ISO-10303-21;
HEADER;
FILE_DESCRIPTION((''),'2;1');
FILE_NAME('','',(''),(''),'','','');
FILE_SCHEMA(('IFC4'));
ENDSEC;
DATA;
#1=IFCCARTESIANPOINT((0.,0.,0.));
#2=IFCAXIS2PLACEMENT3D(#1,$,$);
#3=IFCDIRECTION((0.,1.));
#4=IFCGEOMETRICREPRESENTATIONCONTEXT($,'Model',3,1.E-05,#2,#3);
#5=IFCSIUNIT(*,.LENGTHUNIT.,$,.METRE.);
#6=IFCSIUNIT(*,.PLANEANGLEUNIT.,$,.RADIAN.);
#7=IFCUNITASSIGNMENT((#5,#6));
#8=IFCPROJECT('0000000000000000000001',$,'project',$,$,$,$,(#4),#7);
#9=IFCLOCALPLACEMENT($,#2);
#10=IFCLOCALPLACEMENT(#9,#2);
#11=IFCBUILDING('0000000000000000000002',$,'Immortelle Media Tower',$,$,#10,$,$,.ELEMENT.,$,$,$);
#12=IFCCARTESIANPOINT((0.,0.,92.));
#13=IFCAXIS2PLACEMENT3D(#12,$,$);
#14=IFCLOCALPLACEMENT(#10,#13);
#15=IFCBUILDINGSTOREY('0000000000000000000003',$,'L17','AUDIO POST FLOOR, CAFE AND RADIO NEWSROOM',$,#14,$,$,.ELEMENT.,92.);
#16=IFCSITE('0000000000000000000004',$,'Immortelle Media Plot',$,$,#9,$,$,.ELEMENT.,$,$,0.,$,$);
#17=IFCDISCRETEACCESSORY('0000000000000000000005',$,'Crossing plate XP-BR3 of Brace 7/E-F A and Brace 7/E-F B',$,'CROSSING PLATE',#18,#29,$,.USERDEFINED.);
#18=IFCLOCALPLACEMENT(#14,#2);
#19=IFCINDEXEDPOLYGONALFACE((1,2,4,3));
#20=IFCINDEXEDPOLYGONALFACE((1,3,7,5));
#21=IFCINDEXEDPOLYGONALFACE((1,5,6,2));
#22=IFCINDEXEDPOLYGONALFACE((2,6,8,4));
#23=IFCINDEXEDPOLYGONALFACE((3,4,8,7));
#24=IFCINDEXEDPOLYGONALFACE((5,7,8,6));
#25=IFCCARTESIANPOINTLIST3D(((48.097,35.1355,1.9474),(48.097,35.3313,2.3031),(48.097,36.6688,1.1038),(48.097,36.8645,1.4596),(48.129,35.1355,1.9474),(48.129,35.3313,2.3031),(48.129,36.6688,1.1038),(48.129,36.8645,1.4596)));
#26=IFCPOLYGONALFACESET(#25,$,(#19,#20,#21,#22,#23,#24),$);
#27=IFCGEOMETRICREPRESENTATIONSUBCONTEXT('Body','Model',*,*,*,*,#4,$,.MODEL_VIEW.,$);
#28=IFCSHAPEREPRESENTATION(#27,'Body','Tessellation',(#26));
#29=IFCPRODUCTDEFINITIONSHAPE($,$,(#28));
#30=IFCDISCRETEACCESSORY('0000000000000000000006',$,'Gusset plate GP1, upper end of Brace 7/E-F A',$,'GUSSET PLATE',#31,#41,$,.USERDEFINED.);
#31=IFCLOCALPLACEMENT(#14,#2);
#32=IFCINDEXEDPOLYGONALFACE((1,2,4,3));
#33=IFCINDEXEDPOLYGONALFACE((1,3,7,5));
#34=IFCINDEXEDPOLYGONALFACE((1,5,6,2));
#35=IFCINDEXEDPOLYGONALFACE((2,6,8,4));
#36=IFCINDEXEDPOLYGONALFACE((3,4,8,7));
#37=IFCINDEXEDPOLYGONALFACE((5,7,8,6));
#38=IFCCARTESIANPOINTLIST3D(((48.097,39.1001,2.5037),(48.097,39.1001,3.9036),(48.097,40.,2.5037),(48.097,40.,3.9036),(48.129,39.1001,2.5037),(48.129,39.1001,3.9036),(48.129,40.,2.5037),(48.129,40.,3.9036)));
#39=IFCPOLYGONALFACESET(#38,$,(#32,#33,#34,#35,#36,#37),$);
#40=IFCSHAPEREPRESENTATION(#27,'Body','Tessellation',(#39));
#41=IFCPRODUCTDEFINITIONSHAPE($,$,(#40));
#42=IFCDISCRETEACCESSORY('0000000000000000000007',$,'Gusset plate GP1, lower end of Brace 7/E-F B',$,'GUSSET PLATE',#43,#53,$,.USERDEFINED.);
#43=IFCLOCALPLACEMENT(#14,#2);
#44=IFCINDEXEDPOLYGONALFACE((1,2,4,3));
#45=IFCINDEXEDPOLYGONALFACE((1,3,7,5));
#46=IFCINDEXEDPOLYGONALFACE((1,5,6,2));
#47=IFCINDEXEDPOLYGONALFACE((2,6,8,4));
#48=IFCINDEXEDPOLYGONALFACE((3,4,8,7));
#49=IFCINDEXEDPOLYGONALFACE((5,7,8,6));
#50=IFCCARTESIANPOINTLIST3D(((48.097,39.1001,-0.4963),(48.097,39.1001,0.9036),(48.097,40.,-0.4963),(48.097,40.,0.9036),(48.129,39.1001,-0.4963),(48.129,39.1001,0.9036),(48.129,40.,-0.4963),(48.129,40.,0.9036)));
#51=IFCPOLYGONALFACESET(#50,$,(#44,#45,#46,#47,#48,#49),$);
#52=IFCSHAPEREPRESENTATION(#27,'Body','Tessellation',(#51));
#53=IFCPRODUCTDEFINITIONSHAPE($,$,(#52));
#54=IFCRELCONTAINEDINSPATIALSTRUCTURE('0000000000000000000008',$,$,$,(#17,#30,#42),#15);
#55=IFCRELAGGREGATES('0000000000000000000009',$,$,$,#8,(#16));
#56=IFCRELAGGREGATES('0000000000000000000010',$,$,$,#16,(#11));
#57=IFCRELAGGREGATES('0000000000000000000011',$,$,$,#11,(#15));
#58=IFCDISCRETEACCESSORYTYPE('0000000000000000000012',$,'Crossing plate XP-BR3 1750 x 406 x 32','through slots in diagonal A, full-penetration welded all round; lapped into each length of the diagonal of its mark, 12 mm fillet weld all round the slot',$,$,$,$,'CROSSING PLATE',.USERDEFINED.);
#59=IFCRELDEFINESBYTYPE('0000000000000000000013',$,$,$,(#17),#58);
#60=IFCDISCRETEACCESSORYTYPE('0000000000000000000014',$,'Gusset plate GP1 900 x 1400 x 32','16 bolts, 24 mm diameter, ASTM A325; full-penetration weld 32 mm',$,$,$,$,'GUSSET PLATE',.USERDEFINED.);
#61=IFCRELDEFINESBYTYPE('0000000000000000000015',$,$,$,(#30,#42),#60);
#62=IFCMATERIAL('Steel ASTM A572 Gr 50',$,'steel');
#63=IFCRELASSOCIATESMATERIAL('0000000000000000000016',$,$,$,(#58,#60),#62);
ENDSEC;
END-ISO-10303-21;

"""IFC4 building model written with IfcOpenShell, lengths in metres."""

from ifc_helpers import new_model, si_unit, direction, frame, origin, origin_2d, place, context, subcontext, project, spatial, rectangle, extrude, material, material_profile, profile_set, type_object, element, save


model = new_model("IFC4")

# Units and contexts
model_context = context("Model", 3, precision=1e-05, world=origin(), true_north=direction((0.0, 1.0)))
body_context = subcontext(model_context, "Body", "Model", "MODEL_VIEW")
ifc_project = project(units=[si_unit("LENGTHUNIT", "METRE"), si_unit("PLANEANGLEUNIT", "RADIAN")], contexts=[model_context])

# Site, building, storey
site_placement = place(None, origin())
site = spatial("IfcSite", under=ifc_project, at=site_placement, Name="Immortelle Media Plot", CompositionType="ELEMENT", RefElevation=0.0)
building_placement = place(site_placement, origin())
building = spatial("IfcBuilding", under=site, at=building_placement, Name="Immortelle Media Tower", CompositionType="ELEMENT")
storey_placement = place(building_placement, frame((0.0, 0.0, 92.0)))
storey = spatial("IfcBuildingStorey", under=building, at=storey_placement, Name="L17", Description="AUDIO POST FLOOR, CAFE AND RADIO NEWSROOM", CompositionType="ELEMENT", Elevation=92.0)

# Discrete accessories
ifc_material_1 = material(Name="Steel ASTM A572 Gr 50", Category="steel")
ifc_material_profile_1 = material_profile(ifc_material_1, rectangle(XDim=0.032, YDim=0.406, at=origin_2d()), Name="PL 32 x 406")
ifc_profile_set_1 = profile_set([ifc_material_profile_1], Name="Steel ASTM A572 Gr 50")
discrete_accessory_type_1 = type_object("IfcDiscreteAccessoryType", Name="Crossing plate XP-BR3 1750 x 406 x 32", Description="through slots in diagonal A, full-penetration welded all round; lapped into each length of the diagonal of its mark, 12 mm fillet weld all round the slot", ElementType="CROSSING PLATE", PredefinedType="USERDEFINED", material=ifc_profile_set_1)
discrete_accessory_placement = place(storey_placement, frame((48.113, 35.2334, 2.1252), z_axis=(0.0, 0.876157, -0.482026), x_axis=(-1.0, 0.0, 0.0)))
element("IfcDiscreteAccessory", 1, at=discrete_accessory_placement, inside=storey, type_object=discrete_accessory_type_1, Name="Crossing plate XP-BR3 of Brace 7/E-F A and Brace 7/E-F B", ObjectType="CROSSING PLATE", PredefinedType="USERDEFINED", context=body_context, shape_type="SweptSolid", body=[
    extrude(rectangle(XDim=0.032, YDim=0.406, at=origin_2d()), origin(), (0.0, 0.0, 1.0), 1.75),
])
ifc_material_profile_2 = material_profile(ifc_material_1, rectangle(XDim=0.032, YDim=1.3999, at=origin_2d()), Name="PL 32 x 1400")
ifc_profile_set_2 = profile_set([ifc_material_profile_2], Name="Steel ASTM A572 Gr 50")
discrete_accessory_type_2 = type_object("IfcDiscreteAccessoryType", Name="Gusset plate GP1 900 x 1400 x 32", Description="16 bolts, 24 mm diameter, ASTM A325; full-penetration weld 32 mm", ElementType="GUSSET PLATE", PredefinedType="USERDEFINED", material=ifc_profile_set_2)
for number, where, z_axis, x_axis, name in (
    (2, (48.113, 40.0, 3.2036), (0.0, -1.0, 0.0), (1.0, 0.0, 0.0), "Gusset plate GP1, upper end of Brace 7/E-F A"),
    (3, (48.113, 40.0, 0.2036), (0.0, -1.0, 0.0), (1.0, 0.0, 0.0), "Gusset plate GP1, lower end of Brace 7/E-F B"),
):
    element("IfcDiscreteAccessory", number, at=place(storey_placement, frame(where, z_axis=z_axis, x_axis=x_axis)), inside=storey, type_object=discrete_accessory_type_2, Name=name, ObjectType="GUSSET PLATE", PredefinedType="USERDEFINED", context=body_context, shape_type="SweptSolid", body=[
        extrude(rectangle(XDim=0.032, YDim=1.3999, at=origin_2d()), origin(), (0.0, 0.0, 1.0), 0.8999),
    ])

save(model, "model.ifc")
